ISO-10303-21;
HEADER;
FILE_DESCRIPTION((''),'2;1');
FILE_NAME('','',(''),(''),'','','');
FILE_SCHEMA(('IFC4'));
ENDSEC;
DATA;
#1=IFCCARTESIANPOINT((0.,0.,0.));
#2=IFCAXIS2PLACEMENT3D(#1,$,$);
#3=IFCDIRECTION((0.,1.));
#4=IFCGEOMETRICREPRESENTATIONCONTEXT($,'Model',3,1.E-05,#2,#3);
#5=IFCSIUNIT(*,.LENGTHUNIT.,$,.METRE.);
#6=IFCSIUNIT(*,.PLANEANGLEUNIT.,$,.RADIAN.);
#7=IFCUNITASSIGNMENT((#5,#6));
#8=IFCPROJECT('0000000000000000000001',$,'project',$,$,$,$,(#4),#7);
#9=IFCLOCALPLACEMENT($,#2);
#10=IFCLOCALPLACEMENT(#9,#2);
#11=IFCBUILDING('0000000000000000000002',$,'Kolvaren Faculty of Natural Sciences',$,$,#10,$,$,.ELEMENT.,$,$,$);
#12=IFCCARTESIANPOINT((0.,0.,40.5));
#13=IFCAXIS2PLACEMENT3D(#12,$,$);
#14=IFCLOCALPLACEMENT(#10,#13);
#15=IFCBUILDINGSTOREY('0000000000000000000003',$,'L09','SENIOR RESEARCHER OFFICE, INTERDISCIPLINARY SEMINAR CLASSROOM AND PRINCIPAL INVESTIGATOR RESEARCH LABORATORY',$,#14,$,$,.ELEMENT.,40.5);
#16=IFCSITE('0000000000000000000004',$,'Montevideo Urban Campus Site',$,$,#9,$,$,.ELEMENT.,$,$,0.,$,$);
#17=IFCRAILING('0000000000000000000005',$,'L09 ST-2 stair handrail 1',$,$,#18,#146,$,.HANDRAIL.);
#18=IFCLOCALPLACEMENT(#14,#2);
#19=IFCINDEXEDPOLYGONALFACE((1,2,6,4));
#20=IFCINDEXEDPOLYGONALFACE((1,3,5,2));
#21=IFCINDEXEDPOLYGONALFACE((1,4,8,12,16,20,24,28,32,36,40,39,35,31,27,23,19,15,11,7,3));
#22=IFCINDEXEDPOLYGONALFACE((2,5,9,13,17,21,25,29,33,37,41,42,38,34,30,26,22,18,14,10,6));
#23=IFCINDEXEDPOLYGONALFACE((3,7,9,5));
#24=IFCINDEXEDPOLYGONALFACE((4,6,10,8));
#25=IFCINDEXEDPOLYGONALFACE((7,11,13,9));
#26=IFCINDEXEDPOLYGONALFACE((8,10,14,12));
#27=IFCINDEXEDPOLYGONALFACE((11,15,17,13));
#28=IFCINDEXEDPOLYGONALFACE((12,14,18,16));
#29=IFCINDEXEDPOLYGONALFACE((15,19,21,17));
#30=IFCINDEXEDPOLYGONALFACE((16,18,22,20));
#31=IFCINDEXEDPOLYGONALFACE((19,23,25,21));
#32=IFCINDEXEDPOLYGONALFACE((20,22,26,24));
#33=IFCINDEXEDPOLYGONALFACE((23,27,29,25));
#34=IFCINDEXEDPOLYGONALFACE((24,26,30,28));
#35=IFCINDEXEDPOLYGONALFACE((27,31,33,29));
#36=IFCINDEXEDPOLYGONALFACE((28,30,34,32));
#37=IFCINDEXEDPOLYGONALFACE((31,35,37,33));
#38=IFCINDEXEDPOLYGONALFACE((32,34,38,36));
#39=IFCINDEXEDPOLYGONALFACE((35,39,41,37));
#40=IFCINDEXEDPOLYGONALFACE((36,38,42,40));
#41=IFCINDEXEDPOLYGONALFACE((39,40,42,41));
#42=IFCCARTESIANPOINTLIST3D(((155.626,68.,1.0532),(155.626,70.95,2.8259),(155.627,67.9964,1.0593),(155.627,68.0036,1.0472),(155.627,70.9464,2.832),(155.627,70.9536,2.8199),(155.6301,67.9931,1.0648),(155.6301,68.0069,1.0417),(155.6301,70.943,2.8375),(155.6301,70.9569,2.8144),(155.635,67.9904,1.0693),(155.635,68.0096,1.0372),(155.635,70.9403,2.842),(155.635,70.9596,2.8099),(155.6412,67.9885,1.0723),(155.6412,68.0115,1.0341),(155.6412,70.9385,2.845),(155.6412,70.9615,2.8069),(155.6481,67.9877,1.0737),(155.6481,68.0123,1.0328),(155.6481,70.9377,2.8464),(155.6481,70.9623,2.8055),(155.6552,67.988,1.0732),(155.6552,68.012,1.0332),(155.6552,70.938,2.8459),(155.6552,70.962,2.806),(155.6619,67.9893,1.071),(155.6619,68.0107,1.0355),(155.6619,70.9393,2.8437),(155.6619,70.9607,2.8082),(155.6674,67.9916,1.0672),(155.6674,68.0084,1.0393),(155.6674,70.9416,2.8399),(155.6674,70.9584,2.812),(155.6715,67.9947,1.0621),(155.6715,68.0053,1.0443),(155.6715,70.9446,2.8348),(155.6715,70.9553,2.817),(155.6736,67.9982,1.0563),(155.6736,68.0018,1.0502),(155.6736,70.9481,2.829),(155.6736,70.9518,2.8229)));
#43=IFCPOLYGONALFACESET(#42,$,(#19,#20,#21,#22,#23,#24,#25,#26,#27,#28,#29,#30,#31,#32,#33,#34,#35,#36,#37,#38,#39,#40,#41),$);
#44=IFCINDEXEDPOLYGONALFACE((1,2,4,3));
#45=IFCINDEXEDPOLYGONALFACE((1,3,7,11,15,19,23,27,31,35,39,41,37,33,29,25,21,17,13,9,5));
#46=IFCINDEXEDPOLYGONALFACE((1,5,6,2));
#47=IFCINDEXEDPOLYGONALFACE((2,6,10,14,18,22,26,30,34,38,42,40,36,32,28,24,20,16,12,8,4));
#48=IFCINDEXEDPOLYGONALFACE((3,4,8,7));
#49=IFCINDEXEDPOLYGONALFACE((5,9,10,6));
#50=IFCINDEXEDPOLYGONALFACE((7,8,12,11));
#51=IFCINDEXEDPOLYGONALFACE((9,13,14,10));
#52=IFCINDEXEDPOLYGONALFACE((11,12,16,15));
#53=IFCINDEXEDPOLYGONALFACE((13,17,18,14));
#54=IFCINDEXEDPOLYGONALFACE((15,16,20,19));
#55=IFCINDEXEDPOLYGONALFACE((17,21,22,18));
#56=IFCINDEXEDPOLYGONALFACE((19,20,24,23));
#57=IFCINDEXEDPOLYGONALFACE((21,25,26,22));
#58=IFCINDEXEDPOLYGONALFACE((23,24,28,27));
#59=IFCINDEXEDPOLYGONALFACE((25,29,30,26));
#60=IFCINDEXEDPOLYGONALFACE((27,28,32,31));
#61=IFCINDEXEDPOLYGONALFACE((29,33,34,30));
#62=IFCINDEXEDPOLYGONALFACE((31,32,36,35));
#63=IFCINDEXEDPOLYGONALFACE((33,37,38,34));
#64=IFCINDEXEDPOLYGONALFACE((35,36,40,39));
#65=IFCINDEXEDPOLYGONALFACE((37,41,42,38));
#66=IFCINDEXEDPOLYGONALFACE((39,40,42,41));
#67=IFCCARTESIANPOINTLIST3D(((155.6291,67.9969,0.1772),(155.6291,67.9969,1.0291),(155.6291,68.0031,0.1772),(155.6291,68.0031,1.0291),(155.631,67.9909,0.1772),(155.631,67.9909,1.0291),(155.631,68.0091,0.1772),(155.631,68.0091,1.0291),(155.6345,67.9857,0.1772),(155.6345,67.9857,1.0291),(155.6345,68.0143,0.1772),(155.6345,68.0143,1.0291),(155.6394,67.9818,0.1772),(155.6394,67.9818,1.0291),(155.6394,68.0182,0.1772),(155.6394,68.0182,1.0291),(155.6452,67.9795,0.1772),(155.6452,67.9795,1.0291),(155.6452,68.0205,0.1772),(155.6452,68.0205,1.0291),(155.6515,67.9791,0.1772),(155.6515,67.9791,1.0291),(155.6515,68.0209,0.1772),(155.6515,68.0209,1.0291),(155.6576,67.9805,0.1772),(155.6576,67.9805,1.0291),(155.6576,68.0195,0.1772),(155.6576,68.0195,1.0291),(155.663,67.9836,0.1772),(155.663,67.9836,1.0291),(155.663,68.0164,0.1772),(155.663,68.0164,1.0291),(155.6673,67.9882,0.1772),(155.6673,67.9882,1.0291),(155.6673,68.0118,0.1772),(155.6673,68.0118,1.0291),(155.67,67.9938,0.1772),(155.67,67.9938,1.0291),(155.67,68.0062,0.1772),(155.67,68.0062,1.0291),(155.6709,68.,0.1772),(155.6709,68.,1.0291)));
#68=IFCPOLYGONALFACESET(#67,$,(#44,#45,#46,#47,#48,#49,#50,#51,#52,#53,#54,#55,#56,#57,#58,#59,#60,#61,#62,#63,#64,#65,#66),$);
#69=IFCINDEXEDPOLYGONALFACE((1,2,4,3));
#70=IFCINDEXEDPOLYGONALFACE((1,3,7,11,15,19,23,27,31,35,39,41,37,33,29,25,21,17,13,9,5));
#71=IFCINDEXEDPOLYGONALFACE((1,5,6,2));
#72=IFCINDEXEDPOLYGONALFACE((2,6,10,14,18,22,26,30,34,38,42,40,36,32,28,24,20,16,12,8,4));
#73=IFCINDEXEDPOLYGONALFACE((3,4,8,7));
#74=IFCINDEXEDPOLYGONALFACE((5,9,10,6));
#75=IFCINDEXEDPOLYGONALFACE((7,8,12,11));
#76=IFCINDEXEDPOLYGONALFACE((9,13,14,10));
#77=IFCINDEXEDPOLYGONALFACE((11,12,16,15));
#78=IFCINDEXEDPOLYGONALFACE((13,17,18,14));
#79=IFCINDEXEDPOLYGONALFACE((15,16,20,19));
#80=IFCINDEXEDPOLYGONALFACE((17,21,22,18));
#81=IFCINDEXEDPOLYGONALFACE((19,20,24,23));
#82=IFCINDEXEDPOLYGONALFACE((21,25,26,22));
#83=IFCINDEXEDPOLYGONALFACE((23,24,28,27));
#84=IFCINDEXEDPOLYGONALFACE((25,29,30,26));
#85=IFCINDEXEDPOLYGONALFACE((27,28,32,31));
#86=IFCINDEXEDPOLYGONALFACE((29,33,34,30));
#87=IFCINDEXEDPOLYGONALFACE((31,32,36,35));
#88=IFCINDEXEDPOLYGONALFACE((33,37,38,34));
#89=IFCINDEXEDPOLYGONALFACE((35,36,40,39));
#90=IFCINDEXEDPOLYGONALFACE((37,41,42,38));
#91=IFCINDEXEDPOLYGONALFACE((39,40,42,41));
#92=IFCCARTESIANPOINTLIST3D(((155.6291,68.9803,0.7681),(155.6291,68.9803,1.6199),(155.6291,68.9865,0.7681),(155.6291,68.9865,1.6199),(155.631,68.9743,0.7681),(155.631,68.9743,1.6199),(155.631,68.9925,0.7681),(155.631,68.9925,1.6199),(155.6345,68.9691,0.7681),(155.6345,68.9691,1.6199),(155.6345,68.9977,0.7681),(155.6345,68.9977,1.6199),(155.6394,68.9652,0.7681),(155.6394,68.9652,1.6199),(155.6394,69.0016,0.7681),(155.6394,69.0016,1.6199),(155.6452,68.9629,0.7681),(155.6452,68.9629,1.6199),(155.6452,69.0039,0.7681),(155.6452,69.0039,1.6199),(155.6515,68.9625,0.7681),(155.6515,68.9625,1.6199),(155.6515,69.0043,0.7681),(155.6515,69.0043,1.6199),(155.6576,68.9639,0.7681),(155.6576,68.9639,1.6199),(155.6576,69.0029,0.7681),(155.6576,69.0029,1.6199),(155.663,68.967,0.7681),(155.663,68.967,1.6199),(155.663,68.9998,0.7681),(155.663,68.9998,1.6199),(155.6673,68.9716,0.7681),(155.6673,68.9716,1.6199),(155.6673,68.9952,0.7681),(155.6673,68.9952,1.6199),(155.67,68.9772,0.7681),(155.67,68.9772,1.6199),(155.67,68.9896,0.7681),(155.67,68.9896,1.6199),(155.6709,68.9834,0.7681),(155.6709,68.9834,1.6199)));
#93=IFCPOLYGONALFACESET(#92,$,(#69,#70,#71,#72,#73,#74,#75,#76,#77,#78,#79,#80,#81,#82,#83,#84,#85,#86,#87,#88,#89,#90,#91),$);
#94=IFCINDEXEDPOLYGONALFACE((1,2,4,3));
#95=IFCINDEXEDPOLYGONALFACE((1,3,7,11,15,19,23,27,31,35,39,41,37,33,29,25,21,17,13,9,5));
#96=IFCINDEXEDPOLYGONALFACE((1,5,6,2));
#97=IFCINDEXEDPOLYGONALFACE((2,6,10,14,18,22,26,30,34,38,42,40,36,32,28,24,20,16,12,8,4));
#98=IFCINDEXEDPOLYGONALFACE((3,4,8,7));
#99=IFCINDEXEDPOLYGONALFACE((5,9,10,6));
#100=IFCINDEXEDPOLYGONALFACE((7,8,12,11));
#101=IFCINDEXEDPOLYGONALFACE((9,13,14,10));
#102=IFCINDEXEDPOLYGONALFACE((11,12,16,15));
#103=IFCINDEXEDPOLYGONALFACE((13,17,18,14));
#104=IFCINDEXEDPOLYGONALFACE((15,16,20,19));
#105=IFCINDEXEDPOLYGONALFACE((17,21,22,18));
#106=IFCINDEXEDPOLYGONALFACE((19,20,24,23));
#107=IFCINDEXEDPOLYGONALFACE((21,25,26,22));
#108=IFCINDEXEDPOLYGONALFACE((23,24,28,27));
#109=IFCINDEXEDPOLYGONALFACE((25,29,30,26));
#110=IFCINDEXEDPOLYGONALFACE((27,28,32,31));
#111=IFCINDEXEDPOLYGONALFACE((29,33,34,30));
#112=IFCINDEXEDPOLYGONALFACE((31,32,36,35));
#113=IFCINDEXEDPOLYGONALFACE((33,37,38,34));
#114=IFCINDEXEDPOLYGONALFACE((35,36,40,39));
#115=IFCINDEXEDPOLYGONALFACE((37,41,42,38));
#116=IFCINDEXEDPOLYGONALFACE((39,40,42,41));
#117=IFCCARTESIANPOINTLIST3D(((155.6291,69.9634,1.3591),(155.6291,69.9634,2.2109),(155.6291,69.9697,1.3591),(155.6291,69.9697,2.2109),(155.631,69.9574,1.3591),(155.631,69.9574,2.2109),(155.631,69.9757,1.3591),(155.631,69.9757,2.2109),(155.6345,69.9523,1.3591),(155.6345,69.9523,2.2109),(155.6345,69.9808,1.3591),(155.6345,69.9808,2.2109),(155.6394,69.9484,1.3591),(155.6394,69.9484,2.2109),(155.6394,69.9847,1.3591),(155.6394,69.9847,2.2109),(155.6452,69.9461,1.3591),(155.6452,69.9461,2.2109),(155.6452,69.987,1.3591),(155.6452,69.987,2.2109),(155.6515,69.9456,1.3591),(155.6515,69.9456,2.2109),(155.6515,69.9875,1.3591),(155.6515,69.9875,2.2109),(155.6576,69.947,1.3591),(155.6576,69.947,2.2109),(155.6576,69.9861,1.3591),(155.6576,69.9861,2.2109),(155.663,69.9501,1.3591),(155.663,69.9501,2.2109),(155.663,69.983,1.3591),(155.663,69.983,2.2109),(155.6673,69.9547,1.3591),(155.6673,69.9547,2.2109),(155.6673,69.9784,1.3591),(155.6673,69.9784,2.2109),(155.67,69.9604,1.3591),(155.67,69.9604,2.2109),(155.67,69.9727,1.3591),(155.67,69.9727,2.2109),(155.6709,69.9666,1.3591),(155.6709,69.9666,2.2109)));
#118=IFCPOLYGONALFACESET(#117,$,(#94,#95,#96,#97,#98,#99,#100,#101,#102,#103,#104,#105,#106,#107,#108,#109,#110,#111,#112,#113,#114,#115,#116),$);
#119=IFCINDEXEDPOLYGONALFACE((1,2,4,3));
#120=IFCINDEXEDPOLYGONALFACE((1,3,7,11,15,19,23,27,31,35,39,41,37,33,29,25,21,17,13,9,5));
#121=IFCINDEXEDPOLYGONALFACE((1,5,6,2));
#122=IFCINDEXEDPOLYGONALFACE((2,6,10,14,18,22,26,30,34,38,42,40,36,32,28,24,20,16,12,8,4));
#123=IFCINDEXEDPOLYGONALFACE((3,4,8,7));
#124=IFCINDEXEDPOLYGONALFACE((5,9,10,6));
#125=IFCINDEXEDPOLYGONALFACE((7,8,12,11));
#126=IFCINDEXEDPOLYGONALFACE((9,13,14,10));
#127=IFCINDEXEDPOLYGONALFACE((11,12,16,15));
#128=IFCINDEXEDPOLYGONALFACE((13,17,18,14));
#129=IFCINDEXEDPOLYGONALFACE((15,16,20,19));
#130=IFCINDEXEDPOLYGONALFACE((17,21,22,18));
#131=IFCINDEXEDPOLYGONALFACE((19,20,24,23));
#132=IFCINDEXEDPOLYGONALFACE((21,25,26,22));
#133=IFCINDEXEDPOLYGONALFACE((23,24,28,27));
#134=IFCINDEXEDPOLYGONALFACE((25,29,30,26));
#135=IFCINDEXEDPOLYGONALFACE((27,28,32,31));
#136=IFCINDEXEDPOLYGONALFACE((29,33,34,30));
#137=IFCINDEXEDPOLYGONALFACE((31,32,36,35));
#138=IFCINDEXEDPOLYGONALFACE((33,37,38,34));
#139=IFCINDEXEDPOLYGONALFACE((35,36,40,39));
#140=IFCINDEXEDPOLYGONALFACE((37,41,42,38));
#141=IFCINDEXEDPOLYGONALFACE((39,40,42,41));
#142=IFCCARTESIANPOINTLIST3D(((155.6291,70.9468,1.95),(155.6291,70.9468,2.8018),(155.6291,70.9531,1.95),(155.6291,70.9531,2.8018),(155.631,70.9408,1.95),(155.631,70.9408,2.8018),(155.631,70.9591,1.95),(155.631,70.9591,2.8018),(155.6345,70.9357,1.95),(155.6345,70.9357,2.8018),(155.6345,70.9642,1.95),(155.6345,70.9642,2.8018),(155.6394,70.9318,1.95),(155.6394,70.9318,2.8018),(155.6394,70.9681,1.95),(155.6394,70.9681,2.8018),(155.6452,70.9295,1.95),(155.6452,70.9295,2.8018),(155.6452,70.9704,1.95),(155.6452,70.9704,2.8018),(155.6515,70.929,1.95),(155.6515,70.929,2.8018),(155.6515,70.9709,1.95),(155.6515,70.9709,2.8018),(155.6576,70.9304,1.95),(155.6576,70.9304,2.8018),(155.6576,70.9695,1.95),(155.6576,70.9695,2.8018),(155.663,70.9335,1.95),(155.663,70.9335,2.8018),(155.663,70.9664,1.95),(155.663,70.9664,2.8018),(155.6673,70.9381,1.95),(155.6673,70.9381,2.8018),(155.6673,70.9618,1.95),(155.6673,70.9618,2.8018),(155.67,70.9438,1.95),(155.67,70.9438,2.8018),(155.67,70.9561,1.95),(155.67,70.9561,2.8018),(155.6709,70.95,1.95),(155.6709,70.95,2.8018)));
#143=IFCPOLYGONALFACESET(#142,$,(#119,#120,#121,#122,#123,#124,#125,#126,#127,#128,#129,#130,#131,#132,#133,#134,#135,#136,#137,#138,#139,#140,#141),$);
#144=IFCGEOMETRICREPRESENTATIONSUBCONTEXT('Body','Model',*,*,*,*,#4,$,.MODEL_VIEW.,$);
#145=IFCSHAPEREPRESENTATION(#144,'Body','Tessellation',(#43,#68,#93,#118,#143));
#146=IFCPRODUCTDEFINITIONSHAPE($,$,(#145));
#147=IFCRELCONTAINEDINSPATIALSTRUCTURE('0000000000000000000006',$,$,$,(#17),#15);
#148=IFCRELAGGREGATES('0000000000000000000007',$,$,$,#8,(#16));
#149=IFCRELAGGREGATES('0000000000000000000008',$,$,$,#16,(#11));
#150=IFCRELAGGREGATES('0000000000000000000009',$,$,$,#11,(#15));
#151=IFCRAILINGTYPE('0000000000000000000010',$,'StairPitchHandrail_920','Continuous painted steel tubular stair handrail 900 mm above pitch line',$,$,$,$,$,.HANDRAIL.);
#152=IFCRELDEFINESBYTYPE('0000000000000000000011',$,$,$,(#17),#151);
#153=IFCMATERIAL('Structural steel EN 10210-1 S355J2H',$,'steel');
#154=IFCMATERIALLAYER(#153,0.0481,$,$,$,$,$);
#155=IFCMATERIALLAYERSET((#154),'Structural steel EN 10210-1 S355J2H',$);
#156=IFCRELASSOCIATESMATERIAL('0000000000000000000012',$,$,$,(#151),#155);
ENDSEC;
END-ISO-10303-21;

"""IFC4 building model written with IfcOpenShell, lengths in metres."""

from ifc_helpers import new_model, si_unit, direction, frame, origin, origin_2d, place, context, subcontext, project, spatial, circle, extrude, material, layer, layer_set, type_object, element, save


model = new_model("IFC4")

# Units and contexts
model_context = context("Model", 3, precision=1e-05, world=origin(), true_north=direction((0.0, 1.0)))
body_context = subcontext(model_context, "Body", "Model", "MODEL_VIEW")
ifc_project = project(units=[si_unit("LENGTHUNIT", "METRE"), si_unit("PLANEANGLEUNIT", "RADIAN")], contexts=[model_context])

# Site, building, storey
site_placement = place(None, origin())
site = spatial("IfcSite", under=ifc_project, at=site_placement, Name="Montevideo Urban Campus Site", CompositionType="ELEMENT", RefElevation=0.0)
building_placement = place(site_placement, origin())
building = spatial("IfcBuilding", under=site, at=building_placement, Name="Kolvaren Faculty of Natural Sciences", CompositionType="ELEMENT")
storey_placement = place(building_placement, frame((0.0, 0.0, 40.5)))
storey = spatial("IfcBuildingStorey", under=building, at=storey_placement, Name="L09", Description="SENIOR RESEARCHER OFFICE, INTERDISCIPLINARY SEMINAR CLASSROOM AND PRINCIPAL INVESTIGATOR RESEARCH LABORATORY", CompositionType="ELEMENT", Elevation=40.5)

# Railing
ifc_material_1 = material(Name="Structural steel EN 10210-1 S355J2H", Category="steel")
ifc_layer_1 = layer(ifc_material_1, 0.0481)
ifc_layer_set_1 = layer_set([ifc_layer_1], Name="Structural steel EN 10210-1 S355J2H")
railing_type_1 = type_object("IfcRailingType", Name="StairPitchHandrail_920", Description="Continuous painted steel tubular stair handrail 900 mm above pitch line", PredefinedType="HANDRAIL", material=ifc_layer_set_1)
railing_1_placement = place(storey_placement, frame((155.6499, 68.0, 0.1772)))
element("IfcRailing", 1, at=railing_1_placement, inside=storey, type_object=railing_type_1, Name="L09 ST-2 stair handrail 1", PredefinedType="HANDRAIL", context=body_context, shape_type="SweptSolid", body=[
    extrude(circle(Radius=0.0239, at=origin_2d()), frame((0.0, 0.0, 0.876), z_axis=(0.0, 0.857142, 0.51508), x_axis=(-1.0, 0.0, 0.0)), (0.0, 0.0, 1.0), 3.4417),
    extrude(circle(Radius=0.021, at=origin_2d()), origin(), (0.0, 0.0, 1.0), 0.8518),
    extrude(circle(Radius=0.021, at=origin_2d()), frame((0.0, 0.9834, 0.5908)), (0.0, 0.0, 1.0), 0.8518),
    extrude(circle(Radius=0.021, at=origin_2d()), frame((0.0, 1.9666, 1.1819)), (0.0, 0.0, 1.0), 0.8518),
    extrude(circle(Radius=0.021, at=origin_2d()), frame((0.0, 2.95, 1.7727)), (0.0, 0.0, 1.0), 0.8518),
])

save(model, "model.ifc")
